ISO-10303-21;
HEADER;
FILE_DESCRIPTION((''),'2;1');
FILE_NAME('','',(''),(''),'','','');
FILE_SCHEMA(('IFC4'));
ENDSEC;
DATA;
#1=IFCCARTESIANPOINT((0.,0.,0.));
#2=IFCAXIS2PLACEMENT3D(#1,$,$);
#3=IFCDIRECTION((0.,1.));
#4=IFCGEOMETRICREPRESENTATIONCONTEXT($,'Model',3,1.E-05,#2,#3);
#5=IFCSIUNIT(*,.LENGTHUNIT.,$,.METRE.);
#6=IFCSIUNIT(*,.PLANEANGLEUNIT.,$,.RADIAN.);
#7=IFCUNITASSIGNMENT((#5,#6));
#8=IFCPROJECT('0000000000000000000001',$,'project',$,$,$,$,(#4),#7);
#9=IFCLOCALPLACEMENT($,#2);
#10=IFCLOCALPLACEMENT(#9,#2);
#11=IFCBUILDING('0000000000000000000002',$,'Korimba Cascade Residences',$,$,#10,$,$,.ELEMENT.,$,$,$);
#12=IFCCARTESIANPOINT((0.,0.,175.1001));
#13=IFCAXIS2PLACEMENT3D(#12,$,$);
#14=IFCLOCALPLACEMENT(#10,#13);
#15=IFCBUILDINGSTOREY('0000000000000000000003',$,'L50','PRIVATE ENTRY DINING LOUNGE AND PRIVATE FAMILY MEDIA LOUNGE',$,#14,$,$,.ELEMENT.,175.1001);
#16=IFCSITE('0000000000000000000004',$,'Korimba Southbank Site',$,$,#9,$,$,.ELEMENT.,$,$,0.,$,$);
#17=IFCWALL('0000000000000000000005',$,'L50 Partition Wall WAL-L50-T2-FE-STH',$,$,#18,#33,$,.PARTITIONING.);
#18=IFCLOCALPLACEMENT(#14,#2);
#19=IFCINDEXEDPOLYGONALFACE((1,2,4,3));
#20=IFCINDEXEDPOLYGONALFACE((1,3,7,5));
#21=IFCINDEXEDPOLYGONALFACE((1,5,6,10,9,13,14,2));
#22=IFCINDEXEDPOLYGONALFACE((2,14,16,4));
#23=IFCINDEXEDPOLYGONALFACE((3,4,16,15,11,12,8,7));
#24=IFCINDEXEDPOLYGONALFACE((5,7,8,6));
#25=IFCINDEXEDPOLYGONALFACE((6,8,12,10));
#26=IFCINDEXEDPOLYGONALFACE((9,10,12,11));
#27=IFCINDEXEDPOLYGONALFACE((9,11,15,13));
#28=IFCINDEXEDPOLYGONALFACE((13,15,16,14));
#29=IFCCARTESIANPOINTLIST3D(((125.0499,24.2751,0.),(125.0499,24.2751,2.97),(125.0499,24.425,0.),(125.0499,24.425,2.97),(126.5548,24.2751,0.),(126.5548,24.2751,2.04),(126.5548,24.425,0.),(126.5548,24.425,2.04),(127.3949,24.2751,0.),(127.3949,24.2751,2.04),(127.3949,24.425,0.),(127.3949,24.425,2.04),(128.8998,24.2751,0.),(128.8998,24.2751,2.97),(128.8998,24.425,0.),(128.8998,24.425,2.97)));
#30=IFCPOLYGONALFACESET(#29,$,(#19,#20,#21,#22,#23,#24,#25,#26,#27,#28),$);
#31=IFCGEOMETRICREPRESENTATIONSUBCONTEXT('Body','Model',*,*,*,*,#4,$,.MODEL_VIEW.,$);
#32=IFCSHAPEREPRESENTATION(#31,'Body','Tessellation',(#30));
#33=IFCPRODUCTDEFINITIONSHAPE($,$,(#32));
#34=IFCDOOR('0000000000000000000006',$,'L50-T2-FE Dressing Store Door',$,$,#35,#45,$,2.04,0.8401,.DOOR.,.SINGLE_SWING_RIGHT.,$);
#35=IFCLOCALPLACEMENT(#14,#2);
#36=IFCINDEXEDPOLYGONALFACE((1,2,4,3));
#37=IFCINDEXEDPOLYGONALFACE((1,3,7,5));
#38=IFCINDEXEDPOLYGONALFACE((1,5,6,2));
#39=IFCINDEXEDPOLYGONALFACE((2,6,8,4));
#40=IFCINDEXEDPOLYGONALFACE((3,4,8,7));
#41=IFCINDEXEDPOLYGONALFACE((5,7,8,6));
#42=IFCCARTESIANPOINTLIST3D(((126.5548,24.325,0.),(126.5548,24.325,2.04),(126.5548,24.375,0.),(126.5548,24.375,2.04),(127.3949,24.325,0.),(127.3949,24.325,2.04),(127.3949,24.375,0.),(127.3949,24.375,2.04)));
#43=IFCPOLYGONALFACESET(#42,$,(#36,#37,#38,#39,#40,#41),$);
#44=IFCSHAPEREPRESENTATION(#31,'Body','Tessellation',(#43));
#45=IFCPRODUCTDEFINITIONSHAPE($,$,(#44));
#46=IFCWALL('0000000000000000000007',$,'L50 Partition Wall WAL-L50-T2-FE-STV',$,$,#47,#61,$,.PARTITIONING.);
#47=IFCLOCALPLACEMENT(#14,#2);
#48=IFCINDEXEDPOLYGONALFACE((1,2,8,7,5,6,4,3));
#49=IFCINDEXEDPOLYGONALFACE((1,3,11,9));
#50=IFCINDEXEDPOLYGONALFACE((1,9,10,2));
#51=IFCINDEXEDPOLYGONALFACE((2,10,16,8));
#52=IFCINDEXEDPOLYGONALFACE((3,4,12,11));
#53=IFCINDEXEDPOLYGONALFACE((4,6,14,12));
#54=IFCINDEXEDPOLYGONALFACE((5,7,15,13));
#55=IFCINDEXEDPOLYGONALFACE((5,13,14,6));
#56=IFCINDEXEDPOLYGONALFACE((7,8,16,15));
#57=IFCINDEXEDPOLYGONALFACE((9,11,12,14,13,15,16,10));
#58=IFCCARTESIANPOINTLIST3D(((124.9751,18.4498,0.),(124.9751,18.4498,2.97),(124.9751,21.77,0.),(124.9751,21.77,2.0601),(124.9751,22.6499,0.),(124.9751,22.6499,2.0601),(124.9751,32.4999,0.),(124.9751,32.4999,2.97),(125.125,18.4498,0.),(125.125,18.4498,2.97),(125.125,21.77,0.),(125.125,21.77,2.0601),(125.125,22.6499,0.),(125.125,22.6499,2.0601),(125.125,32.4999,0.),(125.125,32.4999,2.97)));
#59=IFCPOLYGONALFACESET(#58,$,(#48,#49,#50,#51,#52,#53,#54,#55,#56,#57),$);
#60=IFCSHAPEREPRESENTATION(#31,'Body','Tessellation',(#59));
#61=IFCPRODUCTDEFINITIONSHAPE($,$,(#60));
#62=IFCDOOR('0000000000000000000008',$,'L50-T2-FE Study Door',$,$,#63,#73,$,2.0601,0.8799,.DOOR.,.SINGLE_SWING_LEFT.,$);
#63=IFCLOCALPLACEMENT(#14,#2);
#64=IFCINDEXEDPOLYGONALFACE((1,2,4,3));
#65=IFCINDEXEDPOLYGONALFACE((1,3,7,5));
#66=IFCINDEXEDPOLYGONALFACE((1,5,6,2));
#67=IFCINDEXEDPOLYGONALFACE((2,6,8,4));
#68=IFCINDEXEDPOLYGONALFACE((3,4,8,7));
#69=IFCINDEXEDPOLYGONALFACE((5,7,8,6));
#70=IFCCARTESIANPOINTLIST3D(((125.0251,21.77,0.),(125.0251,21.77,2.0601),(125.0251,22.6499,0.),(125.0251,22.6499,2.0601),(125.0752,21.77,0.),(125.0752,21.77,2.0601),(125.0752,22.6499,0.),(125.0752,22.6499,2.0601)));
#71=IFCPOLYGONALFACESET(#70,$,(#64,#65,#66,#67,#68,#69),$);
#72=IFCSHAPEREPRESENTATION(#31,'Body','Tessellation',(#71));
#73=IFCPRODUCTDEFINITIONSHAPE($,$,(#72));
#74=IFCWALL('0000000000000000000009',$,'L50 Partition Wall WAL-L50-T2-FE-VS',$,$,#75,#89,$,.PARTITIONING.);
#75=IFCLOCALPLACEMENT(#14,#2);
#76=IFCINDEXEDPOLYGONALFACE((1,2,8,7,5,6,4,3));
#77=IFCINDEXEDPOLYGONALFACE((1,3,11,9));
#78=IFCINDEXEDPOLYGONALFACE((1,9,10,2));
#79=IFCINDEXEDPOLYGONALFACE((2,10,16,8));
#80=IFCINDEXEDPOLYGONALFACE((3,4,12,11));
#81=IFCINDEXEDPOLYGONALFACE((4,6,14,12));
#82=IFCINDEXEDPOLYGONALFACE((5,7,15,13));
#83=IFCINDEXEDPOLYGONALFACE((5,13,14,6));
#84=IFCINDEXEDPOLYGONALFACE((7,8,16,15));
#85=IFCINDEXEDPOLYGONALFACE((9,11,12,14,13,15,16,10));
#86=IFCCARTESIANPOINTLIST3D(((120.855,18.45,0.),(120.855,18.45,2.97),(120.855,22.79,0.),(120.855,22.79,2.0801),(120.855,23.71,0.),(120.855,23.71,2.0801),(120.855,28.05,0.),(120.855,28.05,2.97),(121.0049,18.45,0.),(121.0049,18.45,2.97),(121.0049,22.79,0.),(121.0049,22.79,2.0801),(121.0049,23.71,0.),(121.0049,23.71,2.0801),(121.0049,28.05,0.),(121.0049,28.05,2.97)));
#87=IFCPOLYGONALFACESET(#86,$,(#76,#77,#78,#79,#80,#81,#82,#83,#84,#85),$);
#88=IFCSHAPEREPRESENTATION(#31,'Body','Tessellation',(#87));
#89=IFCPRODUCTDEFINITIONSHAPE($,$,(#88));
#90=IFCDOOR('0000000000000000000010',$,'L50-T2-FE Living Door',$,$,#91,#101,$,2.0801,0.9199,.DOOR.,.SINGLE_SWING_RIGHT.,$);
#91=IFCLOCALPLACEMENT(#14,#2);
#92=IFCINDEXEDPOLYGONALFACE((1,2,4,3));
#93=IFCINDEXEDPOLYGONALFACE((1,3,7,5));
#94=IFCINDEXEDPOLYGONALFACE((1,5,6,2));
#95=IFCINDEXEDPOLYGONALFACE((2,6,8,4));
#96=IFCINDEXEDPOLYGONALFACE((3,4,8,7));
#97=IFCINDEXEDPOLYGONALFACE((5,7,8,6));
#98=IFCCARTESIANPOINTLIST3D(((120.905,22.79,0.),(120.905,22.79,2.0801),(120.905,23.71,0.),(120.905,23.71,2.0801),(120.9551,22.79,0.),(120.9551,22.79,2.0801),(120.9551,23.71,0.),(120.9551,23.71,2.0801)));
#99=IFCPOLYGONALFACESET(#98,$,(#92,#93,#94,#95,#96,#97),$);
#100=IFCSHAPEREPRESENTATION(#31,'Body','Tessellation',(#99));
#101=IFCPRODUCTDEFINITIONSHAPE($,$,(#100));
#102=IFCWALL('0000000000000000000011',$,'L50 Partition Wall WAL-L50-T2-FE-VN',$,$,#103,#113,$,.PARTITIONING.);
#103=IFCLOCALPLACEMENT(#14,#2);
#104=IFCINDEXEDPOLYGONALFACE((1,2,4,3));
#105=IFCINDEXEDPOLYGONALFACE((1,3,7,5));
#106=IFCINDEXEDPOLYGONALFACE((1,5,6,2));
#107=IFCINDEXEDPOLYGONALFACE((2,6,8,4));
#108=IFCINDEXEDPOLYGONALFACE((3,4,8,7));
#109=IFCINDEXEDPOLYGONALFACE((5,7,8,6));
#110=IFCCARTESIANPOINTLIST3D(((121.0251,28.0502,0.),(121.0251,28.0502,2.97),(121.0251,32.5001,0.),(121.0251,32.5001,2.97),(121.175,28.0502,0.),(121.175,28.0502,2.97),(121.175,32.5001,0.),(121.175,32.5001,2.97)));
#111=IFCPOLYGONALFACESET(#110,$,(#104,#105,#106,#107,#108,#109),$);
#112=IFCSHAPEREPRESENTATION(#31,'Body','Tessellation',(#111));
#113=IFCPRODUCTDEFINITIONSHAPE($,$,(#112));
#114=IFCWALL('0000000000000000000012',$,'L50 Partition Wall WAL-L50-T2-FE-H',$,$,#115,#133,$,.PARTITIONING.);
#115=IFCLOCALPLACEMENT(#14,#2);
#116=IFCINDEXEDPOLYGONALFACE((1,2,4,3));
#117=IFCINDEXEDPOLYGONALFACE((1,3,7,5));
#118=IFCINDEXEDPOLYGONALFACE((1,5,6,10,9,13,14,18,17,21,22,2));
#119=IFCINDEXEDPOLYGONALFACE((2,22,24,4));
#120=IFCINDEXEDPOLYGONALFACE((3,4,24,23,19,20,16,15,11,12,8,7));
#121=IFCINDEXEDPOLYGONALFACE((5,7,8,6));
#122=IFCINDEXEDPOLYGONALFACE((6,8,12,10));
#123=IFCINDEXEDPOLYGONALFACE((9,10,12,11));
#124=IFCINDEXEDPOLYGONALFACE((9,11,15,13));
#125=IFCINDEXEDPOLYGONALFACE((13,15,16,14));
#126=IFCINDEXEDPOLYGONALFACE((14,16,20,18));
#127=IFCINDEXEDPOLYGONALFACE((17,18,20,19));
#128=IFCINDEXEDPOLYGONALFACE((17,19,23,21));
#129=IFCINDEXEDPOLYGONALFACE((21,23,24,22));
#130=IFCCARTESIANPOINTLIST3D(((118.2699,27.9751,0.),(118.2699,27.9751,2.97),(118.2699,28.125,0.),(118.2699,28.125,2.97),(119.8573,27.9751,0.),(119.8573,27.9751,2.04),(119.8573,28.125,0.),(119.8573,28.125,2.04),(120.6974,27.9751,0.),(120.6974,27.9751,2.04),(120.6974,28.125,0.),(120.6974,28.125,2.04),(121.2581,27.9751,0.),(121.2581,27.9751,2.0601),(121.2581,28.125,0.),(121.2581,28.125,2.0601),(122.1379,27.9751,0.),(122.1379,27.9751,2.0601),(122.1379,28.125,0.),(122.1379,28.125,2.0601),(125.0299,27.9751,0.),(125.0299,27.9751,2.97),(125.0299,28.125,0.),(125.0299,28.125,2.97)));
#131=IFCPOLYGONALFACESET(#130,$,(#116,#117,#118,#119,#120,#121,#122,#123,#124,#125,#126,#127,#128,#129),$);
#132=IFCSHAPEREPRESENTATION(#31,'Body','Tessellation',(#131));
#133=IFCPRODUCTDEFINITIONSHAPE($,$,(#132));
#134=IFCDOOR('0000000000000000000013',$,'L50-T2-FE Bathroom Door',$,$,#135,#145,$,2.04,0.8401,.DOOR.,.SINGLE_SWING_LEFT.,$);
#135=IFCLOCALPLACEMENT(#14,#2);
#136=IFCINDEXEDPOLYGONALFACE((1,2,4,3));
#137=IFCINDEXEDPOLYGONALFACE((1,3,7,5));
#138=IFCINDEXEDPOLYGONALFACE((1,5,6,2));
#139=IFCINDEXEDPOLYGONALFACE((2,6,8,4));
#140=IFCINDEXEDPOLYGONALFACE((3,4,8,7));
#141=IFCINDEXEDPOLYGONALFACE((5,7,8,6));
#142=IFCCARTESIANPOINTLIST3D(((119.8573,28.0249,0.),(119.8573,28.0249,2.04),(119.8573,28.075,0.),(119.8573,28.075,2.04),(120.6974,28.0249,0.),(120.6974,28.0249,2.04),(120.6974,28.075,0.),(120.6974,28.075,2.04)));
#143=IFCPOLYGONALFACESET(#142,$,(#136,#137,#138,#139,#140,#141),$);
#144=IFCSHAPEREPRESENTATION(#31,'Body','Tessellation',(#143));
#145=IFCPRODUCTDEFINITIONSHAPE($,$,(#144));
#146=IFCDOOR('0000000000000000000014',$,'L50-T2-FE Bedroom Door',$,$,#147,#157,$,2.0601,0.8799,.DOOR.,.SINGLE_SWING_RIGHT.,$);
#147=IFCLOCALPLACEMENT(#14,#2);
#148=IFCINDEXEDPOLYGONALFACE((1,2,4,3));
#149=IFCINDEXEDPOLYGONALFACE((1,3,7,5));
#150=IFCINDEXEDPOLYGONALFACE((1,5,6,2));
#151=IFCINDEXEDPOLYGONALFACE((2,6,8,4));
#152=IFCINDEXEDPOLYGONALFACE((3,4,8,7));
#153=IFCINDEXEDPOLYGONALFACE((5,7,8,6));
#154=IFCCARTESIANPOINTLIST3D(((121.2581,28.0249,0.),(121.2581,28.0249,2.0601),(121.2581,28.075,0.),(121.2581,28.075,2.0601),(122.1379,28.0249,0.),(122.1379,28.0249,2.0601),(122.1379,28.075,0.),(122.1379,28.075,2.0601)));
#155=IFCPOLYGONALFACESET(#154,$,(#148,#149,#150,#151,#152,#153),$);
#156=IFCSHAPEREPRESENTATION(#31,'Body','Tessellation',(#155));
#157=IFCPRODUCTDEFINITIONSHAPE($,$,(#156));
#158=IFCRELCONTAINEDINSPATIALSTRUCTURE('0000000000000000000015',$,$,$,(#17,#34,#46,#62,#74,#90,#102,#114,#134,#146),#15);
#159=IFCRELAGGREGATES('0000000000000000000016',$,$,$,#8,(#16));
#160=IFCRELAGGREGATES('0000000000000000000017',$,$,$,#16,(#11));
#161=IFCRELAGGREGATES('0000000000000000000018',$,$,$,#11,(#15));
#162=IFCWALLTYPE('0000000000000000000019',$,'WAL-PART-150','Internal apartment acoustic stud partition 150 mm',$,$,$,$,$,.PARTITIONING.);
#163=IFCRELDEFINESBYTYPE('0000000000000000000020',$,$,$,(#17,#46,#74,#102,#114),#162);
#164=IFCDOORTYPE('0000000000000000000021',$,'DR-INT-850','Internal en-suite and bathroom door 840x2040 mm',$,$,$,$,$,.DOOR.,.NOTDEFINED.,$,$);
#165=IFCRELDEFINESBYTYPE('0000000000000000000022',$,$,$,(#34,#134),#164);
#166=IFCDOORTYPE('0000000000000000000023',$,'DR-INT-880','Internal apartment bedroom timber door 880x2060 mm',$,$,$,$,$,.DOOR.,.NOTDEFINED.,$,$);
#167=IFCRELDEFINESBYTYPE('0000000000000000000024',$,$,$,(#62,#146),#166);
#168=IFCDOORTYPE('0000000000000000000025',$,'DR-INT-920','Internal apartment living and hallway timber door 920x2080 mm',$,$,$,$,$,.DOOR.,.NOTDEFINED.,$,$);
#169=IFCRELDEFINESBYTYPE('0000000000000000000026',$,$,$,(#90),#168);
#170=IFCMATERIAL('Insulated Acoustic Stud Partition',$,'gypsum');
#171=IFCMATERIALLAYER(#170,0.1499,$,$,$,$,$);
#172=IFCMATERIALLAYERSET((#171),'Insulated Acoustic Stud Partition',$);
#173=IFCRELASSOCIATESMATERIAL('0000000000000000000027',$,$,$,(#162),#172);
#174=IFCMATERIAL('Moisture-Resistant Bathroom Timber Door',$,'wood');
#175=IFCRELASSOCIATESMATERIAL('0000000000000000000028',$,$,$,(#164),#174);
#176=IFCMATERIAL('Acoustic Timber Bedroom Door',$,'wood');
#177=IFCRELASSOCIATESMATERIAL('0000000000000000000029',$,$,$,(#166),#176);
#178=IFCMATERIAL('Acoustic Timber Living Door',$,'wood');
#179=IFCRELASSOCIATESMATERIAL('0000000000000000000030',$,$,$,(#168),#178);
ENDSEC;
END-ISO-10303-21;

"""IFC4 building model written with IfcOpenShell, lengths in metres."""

from ifc_helpers import new_model, si_unit, direction, frame, frame_2d, origin, place, context, subcontext, project, spatial, rectangle, extrude, material, layer, layer_set, type_object, element, fill, save


model = new_model("IFC4")

# Units and contexts
model_context = context("Model", 3, precision=1e-05, world=origin(), true_north=direction((0.0, 1.0)))
body_context = subcontext(model_context, "Body", "Model", "MODEL_VIEW")
ifc_project = project(units=[si_unit("LENGTHUNIT", "METRE"), si_unit("PLANEANGLEUNIT", "RADIAN")], contexts=[model_context])

# Site, building, storey
site_placement = place(None, origin())
site = spatial("IfcSite", under=ifc_project, at=site_placement, Name="Korimba Southbank Site", CompositionType="ELEMENT", RefElevation=0.0)
building_placement = place(site_placement, origin())
building = spatial("IfcBuilding", under=site, at=building_placement, Name="Korimba Cascade Residences", CompositionType="ELEMENT")
storey_placement = place(building_placement, frame((0.0, 0.0, 175.1001)))
storey = spatial("IfcBuildingStorey", under=building, at=storey_placement, Name="L50", Description="PRIVATE ENTRY DINING LOUNGE AND PRIVATE FAMILY MEDIA LOUNGE", CompositionType="ELEMENT", Elevation=175.1001)

# Walls, openings, doors
ifc_material_1 = material(Name="Insulated Acoustic Stud Partition", Category="gypsum")
ifc_layer_1 = layer(ifc_material_1, 0.1499)
ifc_layer_set_1 = layer_set([ifc_layer_1], Name="Insulated Acoustic Stud Partition")
wall_type_1 = type_object("IfcWallType", Name="WAL-PART-150", Description="Internal apartment acoustic stud partition 150 mm", PredefinedType="PARTITIONING", material=ifc_layer_set_1)
wall_1_placement = place(storey_placement, frame((125.05, 24.3501, 0.0), z_axis=(0.0, 0.0, 1.0), x_axis=(1.0, 0.0, 0.0)))
wall_1 = element("IfcWall", 1, at=wall_1_placement, inside=storey, type_object=wall_type_1, Name="L50 Partition Wall WAL-L50-T2-FE-STH", PredefinedType="PARTITIONING", context=body_context, shape_type="SweptSolid", body=[
    extrude(rectangle(XDim=3.8499, YDim=0.1499, at=frame_2d((1.9248, 0.0))), origin(), (0.0, 0.0, 1.0), 2.97),
])
opening_1_placement = place(wall_1_placement, frame((1.5049, 0.0, 0.0)))
opening_1 = element("IfcOpeningElement", 2, at=opening_1_placement, cuts=wall_1, PredefinedType="OPENING", context=body_context, shape_type="SweptSolid", body=[
    extrude(rectangle(XDim=0.8401, YDim=2.04, at=frame_2d((0.4199, 1.02))), frame((0.0, 0.085, 0.0), z_axis=(0.0, -1.0, 0.0), x_axis=(1.0, 0.0, 0.0)), (0.0, 0.0, 1.0), 0.1699),
])
ifc_material_2 = material(Name="Moisture-Resistant Bathroom Timber Door", Category="wood")
door_type_1 = type_object("IfcDoorType", Name="DR-INT-850", Description="Internal en-suite and bathroom door 840x2040 mm", OperationType="NOTDEFINED", PredefinedType="DOOR", material=ifc_material_2)
door_1_placement = place(opening_1_placement, origin())
door_1 = element("IfcDoor", 3, at=door_1_placement, inside=storey, type_object=door_type_1, Name="L50-T2-FE Dressing Store Door", OperationType="SINGLE_SWING_RIGHT", OverallHeight=2.04, OverallWidth=0.8401, PredefinedType="DOOR", context=body_context, shape_type="SweptSolid", body=[
    extrude(rectangle(XDim=0.8401, YDim=2.04, at=frame_2d((0.4199, 1.02))), frame((0.0, 0.0249, 0.0), z_axis=(0.0, -1.0, 0.0), x_axis=(1.0, 0.0, 0.0)), (0.0, 0.0, 1.0), 0.05),
])
fill(opening_1, door_1)
wall_2_placement = place(storey_placement, frame((125.05, 18.45, 0.0), z_axis=(0.0, 0.0, 1.0), x_axis=(0.0, 1.0, 0.0)))
wall_2 = element("IfcWall", 4, at=wall_2_placement, inside=storey, type_object=wall_type_1, Name="L50 Partition Wall WAL-L50-T2-FE-STV", PredefinedType="PARTITIONING", context=body_context, shape_type="SweptSolid", body=[
    extrude(rectangle(XDim=14.05, YDim=0.1499, at=frame_2d((7.0249, 0.0))), origin(), (0.0, 0.0, 1.0), 2.97),
])
opening_2_placement = place(wall_2_placement, frame((3.3201, 0.0, 0.0)))
opening_2 = element("IfcOpeningElement", 5, at=opening_2_placement, cuts=wall_2, PredefinedType="OPENING", context=body_context, shape_type="SweptSolid", body=[
    extrude(rectangle(XDim=0.8799, YDim=2.0601, at=frame_2d((0.4399, 1.03))), frame((0.0, 0.085, 0.0), z_axis=(0.0, -1.0, 0.0), x_axis=(1.0, 0.0, 0.0)), (0.0, 0.0, 1.0), 0.1699),
])
ifc_material_3 = material(Name="Acoustic Timber Bedroom Door", Category="wood")
door_type_2 = type_object("IfcDoorType", Name="DR-INT-880", Description="Internal apartment bedroom timber door 880x2060 mm", OperationType="NOTDEFINED", PredefinedType="DOOR", material=ifc_material_3)
door_2_placement = place(opening_2_placement, origin())
door_2 = element("IfcDoor", 6, at=door_2_placement, inside=storey, type_object=door_type_2, Name="L50-T2-FE Study Door", OperationType="SINGLE_SWING_LEFT", OverallHeight=2.0601, OverallWidth=0.8799, PredefinedType="DOOR", context=body_context, shape_type="SweptSolid", body=[
    extrude(rectangle(XDim=0.8799, YDim=2.0601, at=frame_2d((0.4399, 1.03))), frame((0.0, 0.0249, 0.0), z_axis=(0.0, -1.0, 0.0), x_axis=(1.0, 0.0, 0.0)), (0.0, 0.0, 1.0), 0.05),
])
fill(opening_2, door_2)
wall_3_placement = place(storey_placement, frame((120.9299, 18.45, 0.0), z_axis=(0.0, 0.0, 1.0), x_axis=(0.0, 1.0, 0.0)))
wall_3 = element("IfcWall", 7, at=wall_3_placement, inside=storey, type_object=wall_type_1, Name="L50 Partition Wall WAL-L50-T2-FE-VS", PredefinedType="PARTITIONING", context=body_context, shape_type="SweptSolid", body=[
    extrude(rectangle(XDim=9.6001, YDim=0.1499, at=frame_2d((4.8, 0.0))), origin(), (0.0, 0.0, 1.0), 2.97),
])
opening_3_placement = place(wall_3_placement, frame((4.3401, 0.0, 0.0)))
opening_3 = element("IfcOpeningElement", 8, at=opening_3_placement, cuts=wall_3, PredefinedType="OPENING", context=body_context, shape_type="SweptSolid", body=[
    extrude(rectangle(XDim=0.9199, YDim=2.0801, at=frame_2d((0.46, 1.04))), frame((0.0, 0.085, 0.0), z_axis=(0.0, -1.0, 0.0), x_axis=(1.0, 0.0, 0.0)), (0.0, 0.0, 1.0), 0.1699),
])
ifc_material_4 = material(Name="Acoustic Timber Living Door", Category="wood")
door_type_3 = type_object("IfcDoorType", Name="DR-INT-920", Description="Internal apartment living and hallway timber door 920x2080 mm", OperationType="NOTDEFINED", PredefinedType="DOOR", material=ifc_material_4)
door_3_placement = place(opening_3_placement, origin())
door_3 = element("IfcDoor", 9, at=door_3_placement, inside=storey, type_object=door_type_3, Name="L50-T2-FE Living Door", OperationType="SINGLE_SWING_RIGHT", OverallHeight=2.0801, OverallWidth=0.9199, PredefinedType="DOOR", context=body_context, shape_type="SweptSolid", body=[
    extrude(rectangle(XDim=0.9199, YDim=2.0801, at=frame_2d((0.46, 1.04))), frame((0.0, 0.0249, 0.0), z_axis=(0.0, -1.0, 0.0), x_axis=(1.0, 0.0, 0.0)), (0.0, 0.0, 1.0), 0.05),
])
fill(opening_3, door_3)

# Wall
wall_4_placement = place(storey_placement, frame((121.1001, 28.05, 0.0), z_axis=(0.0, 0.0, 1.0), x_axis=(0.0, 1.0, 0.0)))
element("IfcWall", 10, at=wall_4_placement, inside=storey, type_object=wall_type_1, Name="L50 Partition Wall WAL-L50-T2-FE-VN", PredefinedType="PARTITIONING", context=body_context, shape_type="SweptSolid", body=[
    extrude(rectangle(XDim=4.45, YDim=0.1499, at=frame_2d((2.2251, 0.0))), origin(), (0.0, 0.0, 1.0), 2.97),
])

# Wall, openings, doors
wall_5_placement = place(storey_placement, frame((118.27, 28.05, 0.0), z_axis=(0.0, 0.0, 1.0), x_axis=(1.0, 0.0, 0.0)))
wall_5 = element("IfcWall", 11, at=wall_5_placement, inside=storey, type_object=wall_type_1, Name="L50 Partition Wall WAL-L50-T2-FE-H", PredefinedType="PARTITIONING", context=body_context, shape_type="SweptSolid", body=[
    extrude(rectangle(XDim=6.76, YDim=0.1499, at=frame_2d((3.3799, 0.0))), origin(), (0.0, 0.0, 1.0), 2.97),
])
opening_4_placement = place(wall_5_placement, frame((1.5874, 0.0, 0.0)))
opening_4 = element("IfcOpeningElement", 12, at=opening_4_placement, cuts=wall_5, PredefinedType="OPENING", context=body_context, shape_type="SweptSolid", body=[
    extrude(rectangle(XDim=0.8401, YDim=2.04, at=frame_2d((0.4199, 1.02))), frame((0.0, 0.085, 0.0), z_axis=(0.0, -1.0, 0.0), x_axis=(1.0, 0.0, 0.0)), (0.0, 0.0, 1.0), 0.1699),
])
opening_5_placement = place(wall_5_placement, frame((2.988, 0.0, 0.0)))
opening_5 = element("IfcOpeningElement", 13, at=opening_5_placement, cuts=wall_5, PredefinedType="OPENING", context=body_context, shape_type="SweptSolid", body=[
    extrude(rectangle(XDim=0.8799, YDim=2.0601, at=frame_2d((0.4399, 1.03))), frame((0.0, 0.085, 0.0), z_axis=(0.0, -1.0, 0.0), x_axis=(1.0, 0.0, 0.0)), (0.0, 0.0, 1.0), 0.1699),
])
door_4_placement = place(opening_4_placement, origin())
door_4 = element("IfcDoor", 14, at=door_4_placement, inside=storey, type_object=door_type_1, Name="L50-T2-FE Bathroom Door", OperationType="SINGLE_SWING_LEFT", OverallHeight=2.04, OverallWidth=0.8401, PredefinedType="DOOR", context=body_context, shape_type="SweptSolid", body=[
    extrude(rectangle(XDim=0.8401, YDim=2.04, at=frame_2d((0.4199, 1.02))), frame((0.0, 0.0249, 0.0), z_axis=(0.0, -1.0, 0.0), x_axis=(1.0, 0.0, 0.0)), (0.0, 0.0, 1.0), 0.05),
])
fill(opening_4, door_4)
door_5_placement = place(opening_5_placement, origin())
door_5 = element("IfcDoor", 15, at=door_5_placement, inside=storey, type_object=door_type_2, Name="L50-T2-FE Bedroom Door", OperationType="SINGLE_SWING_RIGHT", OverallHeight=2.0601, OverallWidth=0.8799, PredefinedType="DOOR", context=body_context, shape_type="SweptSolid", body=[
    extrude(rectangle(XDim=0.8799, YDim=2.0601, at=frame_2d((0.4399, 1.03))), frame((0.0, 0.0249, 0.0), z_axis=(0.0, -1.0, 0.0), x_axis=(1.0, 0.0, 0.0)), (0.0, 0.0, 1.0), 0.05),
])
fill(opening_5, door_5)

save(model, "model.ifc")
